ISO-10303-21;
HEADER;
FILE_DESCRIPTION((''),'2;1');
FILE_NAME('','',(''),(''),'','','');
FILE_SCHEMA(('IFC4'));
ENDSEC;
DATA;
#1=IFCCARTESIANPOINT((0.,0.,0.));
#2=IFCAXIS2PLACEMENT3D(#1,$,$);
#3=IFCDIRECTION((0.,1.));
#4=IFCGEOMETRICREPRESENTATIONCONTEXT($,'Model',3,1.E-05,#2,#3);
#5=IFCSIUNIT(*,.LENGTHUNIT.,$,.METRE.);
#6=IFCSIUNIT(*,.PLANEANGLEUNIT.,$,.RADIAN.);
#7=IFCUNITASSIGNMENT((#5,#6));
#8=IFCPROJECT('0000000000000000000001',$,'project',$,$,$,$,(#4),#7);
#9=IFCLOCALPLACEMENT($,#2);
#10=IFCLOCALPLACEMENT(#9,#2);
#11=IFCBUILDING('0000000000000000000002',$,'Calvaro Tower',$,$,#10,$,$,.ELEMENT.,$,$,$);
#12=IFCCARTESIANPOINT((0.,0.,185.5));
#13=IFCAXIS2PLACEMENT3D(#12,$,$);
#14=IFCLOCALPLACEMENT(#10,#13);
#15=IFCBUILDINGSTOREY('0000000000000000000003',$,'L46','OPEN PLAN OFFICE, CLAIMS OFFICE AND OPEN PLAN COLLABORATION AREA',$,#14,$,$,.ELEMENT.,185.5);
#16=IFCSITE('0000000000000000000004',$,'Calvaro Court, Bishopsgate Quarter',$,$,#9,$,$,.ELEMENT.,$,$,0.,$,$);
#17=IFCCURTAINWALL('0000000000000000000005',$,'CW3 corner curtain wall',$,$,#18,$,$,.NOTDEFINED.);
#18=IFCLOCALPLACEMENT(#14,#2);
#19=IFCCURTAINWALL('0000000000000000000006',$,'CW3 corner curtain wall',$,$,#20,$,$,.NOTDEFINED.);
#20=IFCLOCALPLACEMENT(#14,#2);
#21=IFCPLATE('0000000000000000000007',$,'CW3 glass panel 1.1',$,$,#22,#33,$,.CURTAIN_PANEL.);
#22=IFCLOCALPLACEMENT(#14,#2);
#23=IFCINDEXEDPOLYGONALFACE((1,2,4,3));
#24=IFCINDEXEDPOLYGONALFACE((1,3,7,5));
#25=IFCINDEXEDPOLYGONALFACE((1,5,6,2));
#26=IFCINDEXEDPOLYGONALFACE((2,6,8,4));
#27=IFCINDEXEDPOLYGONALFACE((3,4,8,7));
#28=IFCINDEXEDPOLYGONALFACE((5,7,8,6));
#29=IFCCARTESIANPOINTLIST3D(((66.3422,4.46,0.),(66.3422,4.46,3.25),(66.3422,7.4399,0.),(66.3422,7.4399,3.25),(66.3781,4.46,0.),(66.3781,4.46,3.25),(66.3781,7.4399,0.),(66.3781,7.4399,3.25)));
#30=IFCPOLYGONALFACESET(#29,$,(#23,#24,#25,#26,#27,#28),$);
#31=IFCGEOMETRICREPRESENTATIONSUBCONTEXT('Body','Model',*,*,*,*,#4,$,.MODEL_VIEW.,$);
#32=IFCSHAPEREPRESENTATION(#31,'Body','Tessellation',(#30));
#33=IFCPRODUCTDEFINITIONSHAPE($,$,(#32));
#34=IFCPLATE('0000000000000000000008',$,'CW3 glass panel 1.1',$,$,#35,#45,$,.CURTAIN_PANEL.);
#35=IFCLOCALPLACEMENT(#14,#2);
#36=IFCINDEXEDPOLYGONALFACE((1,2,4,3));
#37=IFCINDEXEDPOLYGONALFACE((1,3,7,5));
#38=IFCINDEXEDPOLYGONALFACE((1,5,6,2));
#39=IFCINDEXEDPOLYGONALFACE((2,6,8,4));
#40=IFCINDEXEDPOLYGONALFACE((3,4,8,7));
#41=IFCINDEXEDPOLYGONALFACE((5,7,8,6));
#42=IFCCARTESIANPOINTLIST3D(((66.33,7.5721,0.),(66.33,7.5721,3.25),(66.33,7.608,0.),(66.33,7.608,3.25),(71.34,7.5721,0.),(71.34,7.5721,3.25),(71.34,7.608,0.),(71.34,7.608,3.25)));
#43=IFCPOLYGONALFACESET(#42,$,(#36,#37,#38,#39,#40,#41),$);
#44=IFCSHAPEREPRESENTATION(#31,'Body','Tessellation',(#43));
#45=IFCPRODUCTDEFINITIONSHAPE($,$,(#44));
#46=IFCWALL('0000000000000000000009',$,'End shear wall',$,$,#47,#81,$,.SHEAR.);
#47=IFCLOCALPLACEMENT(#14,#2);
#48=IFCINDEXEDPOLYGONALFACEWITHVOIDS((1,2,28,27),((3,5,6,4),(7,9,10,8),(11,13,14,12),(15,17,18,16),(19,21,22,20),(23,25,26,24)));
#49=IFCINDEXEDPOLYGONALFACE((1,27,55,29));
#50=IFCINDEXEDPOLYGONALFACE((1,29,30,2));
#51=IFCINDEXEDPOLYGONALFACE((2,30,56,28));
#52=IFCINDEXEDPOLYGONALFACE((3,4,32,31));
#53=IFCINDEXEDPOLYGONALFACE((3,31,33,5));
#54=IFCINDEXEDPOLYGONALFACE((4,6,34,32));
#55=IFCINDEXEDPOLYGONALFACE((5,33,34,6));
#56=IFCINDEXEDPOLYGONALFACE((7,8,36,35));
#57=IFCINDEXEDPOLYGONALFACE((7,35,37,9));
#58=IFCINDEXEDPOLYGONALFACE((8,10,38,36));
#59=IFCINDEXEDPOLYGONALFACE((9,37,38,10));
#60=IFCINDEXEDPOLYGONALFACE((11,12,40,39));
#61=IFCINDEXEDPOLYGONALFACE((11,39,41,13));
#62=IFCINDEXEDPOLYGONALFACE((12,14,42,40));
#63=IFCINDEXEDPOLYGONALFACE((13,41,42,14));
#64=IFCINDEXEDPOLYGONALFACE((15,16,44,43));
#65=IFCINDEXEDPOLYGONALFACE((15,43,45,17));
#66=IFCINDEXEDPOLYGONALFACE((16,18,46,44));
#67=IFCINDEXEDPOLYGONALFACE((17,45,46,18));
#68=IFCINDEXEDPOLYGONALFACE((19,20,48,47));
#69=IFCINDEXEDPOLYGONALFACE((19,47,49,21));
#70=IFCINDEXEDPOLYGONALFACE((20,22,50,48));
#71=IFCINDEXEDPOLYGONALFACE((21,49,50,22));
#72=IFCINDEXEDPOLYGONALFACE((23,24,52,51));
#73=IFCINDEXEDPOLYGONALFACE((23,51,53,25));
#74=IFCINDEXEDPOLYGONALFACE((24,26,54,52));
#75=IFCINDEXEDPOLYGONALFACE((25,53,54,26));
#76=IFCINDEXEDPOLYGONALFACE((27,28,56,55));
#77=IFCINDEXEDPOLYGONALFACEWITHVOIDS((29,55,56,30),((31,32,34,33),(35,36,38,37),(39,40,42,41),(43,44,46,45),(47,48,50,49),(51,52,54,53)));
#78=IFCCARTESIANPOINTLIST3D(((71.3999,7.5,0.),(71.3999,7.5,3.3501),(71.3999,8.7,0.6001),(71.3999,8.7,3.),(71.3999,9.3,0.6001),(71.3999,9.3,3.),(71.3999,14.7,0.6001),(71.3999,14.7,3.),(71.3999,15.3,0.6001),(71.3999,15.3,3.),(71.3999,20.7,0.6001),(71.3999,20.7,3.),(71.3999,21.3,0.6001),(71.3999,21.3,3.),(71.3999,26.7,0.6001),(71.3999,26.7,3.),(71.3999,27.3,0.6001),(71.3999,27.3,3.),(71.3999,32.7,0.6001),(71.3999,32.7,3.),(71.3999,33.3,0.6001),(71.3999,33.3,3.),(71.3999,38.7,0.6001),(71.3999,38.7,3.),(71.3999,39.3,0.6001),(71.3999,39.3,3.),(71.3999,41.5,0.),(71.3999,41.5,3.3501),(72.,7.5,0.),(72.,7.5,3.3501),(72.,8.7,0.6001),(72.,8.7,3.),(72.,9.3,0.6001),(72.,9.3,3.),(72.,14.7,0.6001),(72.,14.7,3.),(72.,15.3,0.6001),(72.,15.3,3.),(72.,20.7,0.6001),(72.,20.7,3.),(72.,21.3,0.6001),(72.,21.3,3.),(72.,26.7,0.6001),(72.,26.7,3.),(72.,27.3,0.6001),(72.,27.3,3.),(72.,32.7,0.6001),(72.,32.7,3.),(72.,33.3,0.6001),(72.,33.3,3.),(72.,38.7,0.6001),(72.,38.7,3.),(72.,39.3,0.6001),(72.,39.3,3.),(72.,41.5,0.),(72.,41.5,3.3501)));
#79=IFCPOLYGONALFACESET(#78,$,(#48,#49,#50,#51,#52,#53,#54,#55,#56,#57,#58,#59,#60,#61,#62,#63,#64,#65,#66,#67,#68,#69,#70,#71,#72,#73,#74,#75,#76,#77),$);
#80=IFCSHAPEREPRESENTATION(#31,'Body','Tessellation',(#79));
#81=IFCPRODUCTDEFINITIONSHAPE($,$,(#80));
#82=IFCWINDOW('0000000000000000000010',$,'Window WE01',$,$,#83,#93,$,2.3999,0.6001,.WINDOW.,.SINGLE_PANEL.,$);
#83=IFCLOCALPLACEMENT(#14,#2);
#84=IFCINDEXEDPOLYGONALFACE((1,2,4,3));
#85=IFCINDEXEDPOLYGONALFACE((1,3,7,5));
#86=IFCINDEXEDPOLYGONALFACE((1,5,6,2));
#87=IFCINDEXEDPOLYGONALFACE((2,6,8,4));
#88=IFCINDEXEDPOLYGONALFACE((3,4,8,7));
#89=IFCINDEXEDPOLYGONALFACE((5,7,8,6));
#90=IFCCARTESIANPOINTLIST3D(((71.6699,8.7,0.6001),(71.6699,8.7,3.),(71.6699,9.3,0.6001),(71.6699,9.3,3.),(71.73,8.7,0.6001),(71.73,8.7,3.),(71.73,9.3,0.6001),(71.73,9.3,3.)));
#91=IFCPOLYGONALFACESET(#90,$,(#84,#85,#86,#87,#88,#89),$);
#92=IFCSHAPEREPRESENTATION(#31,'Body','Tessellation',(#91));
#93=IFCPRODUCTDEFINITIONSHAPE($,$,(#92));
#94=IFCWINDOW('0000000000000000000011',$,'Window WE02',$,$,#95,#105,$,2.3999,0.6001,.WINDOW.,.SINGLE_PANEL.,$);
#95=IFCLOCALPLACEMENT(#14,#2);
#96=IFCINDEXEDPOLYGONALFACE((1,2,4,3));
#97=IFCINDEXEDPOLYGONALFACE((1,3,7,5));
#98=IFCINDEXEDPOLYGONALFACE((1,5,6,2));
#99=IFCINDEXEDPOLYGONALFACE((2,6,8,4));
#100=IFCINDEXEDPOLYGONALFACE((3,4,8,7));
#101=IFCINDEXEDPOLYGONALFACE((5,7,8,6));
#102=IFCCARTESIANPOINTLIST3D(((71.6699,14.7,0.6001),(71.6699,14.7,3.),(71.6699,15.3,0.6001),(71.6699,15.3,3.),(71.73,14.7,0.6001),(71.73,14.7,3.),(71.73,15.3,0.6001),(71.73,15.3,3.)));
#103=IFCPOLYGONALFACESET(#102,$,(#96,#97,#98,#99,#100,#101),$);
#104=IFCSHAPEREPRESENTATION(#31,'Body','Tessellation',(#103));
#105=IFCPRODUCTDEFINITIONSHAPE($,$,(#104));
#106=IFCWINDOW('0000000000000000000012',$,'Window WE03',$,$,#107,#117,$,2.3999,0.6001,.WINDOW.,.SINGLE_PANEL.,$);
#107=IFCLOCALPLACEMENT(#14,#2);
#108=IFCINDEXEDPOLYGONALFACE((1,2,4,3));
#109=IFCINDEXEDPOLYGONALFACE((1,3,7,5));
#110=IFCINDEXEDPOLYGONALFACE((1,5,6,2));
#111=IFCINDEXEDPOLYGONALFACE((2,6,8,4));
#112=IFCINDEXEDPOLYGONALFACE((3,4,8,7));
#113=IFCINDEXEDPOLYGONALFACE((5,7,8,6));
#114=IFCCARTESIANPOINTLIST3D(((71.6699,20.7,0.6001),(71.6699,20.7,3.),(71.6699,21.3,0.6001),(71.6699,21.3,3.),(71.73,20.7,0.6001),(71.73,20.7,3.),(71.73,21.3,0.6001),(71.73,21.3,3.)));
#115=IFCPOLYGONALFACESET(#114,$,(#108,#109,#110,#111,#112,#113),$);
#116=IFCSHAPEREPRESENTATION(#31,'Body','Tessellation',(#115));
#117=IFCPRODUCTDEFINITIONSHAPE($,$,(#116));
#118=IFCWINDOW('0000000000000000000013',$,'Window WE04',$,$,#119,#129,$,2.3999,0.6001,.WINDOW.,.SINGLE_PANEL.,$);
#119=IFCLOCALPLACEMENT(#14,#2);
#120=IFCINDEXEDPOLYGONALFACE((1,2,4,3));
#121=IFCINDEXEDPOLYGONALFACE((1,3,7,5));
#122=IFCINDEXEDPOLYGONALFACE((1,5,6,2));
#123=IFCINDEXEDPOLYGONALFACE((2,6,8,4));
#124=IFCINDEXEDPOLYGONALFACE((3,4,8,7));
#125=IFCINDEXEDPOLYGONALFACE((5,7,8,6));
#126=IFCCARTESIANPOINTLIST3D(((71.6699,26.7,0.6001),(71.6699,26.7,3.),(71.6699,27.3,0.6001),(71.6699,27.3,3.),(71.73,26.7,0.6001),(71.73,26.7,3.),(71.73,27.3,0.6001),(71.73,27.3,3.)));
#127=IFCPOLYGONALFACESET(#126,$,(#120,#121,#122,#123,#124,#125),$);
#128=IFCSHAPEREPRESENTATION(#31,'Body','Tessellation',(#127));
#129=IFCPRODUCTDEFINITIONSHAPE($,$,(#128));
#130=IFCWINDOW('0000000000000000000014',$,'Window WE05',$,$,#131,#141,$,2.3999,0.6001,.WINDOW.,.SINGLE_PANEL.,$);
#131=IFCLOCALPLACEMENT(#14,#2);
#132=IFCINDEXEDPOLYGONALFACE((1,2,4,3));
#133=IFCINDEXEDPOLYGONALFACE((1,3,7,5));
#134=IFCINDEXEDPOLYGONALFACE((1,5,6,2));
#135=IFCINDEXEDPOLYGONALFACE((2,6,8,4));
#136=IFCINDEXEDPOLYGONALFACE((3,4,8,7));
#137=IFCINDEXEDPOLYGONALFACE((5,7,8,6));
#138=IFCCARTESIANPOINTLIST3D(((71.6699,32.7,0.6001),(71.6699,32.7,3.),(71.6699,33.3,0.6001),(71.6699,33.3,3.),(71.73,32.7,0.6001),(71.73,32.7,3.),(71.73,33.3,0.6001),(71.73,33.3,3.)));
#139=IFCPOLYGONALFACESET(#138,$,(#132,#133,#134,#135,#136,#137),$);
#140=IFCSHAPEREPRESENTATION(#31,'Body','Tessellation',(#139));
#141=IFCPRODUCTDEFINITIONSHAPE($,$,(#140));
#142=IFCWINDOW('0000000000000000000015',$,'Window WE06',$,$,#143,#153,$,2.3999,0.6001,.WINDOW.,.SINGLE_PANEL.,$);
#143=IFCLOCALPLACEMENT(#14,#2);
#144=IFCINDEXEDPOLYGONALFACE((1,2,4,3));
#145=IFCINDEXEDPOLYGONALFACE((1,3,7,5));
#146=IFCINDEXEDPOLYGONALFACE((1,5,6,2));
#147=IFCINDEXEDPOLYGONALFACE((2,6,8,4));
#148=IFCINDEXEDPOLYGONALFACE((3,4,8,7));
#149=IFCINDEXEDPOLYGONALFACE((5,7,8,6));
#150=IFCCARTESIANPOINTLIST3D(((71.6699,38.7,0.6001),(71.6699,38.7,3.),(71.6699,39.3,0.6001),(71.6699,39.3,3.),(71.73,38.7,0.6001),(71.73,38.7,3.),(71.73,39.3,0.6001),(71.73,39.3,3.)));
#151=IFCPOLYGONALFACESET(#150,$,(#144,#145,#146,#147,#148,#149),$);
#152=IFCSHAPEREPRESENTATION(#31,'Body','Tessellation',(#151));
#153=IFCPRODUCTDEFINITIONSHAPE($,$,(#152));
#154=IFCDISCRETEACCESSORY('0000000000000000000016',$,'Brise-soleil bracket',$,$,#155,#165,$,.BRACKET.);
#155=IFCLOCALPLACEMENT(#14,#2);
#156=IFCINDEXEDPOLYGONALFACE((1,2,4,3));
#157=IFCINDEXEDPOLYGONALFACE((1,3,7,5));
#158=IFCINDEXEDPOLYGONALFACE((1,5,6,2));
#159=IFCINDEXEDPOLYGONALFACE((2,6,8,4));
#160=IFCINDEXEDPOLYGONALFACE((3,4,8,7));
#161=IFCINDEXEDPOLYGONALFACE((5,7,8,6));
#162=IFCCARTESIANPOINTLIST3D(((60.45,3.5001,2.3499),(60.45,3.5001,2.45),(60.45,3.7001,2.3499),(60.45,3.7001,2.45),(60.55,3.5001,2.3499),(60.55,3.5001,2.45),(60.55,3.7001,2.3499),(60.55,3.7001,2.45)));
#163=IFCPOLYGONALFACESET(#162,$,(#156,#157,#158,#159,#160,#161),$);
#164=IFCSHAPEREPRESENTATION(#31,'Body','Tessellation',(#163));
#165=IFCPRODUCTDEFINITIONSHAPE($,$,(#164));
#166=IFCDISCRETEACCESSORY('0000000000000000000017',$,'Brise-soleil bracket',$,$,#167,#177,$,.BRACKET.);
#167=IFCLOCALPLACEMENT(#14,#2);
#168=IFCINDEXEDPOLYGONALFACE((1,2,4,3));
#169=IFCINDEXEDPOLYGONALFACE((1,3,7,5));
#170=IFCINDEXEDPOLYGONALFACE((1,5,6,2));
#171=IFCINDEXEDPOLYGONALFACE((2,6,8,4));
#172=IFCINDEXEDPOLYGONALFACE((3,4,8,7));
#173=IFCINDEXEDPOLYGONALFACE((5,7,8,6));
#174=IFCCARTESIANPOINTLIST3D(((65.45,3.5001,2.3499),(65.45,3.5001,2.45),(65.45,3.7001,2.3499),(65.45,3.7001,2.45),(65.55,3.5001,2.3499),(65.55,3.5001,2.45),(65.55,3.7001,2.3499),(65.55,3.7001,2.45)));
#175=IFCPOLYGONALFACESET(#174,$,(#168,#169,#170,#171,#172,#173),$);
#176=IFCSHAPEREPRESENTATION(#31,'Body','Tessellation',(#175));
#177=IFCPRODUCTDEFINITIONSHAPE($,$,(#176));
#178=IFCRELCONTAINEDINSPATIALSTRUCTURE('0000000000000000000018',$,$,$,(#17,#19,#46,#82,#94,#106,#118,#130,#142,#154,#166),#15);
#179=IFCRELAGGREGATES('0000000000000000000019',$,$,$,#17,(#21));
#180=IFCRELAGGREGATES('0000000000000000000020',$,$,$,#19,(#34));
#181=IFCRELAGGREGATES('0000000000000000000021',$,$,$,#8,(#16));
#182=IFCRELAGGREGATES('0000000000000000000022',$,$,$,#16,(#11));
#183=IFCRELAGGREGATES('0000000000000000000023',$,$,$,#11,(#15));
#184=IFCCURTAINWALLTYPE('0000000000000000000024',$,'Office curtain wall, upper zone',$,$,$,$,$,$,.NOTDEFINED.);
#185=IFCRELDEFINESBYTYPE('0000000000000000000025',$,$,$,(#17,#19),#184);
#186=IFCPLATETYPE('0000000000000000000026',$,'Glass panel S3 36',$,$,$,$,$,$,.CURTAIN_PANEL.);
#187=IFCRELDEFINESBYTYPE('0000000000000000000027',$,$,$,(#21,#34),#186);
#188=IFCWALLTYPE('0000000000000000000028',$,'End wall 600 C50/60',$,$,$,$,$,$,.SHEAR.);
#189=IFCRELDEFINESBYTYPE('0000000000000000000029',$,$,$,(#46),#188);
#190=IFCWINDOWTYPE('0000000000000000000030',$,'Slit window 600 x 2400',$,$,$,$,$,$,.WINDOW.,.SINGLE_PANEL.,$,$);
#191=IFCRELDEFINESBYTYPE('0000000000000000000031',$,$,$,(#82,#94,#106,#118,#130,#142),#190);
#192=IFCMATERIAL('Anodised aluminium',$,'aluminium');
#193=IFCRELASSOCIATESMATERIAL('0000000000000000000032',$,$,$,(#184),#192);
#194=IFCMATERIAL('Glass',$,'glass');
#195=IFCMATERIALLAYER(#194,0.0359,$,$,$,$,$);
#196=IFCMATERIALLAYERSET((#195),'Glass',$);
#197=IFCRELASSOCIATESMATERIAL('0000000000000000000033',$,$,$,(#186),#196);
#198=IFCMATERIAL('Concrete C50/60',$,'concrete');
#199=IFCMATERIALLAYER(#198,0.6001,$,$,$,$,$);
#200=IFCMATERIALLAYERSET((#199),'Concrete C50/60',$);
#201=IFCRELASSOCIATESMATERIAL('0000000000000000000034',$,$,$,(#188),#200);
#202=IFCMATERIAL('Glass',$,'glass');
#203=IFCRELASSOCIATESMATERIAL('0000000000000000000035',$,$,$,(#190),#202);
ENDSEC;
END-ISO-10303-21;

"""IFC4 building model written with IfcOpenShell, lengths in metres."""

from ifc_helpers import new_model, si_unit, direction, frame, frame_2d, origin, origin_2d, place, context, subcontext, project, spatial, rectangle, extrude, material, layer, layer_set, type_object, element, fill, aggregate, save


model = new_model("IFC4")

# Units and contexts
model_context = context("Model", 3, precision=1e-05, world=origin(), true_north=direction((0.0, 1.0)))
body_context = subcontext(model_context, "Body", "Model", "MODEL_VIEW")
ifc_project = project(units=[si_unit("LENGTHUNIT", "METRE"), si_unit("PLANEANGLEUNIT", "RADIAN")], contexts=[model_context])

# Site, building, storey
site_placement = place(None, origin())
site = spatial("IfcSite", under=ifc_project, at=site_placement, Name="Calvaro Court, Bishopsgate Quarter", CompositionType="ELEMENT", RefElevation=0.0)
building_placement = place(site_placement, origin())
building = spatial("IfcBuilding", under=site, at=building_placement, Name="Calvaro Tower", CompositionType="ELEMENT")
storey_placement = place(building_placement, frame((0.0, 0.0, 185.5)))
storey = spatial("IfcBuildingStorey", under=building, at=storey_placement, Name="L46", Description="OPEN PLAN OFFICE, CLAIMS OFFICE AND OPEN PLAN COLLABORATION AREA", CompositionType="ELEMENT", Elevation=185.5)

# Curtain walls
ifc_material_1 = material(Name="Anodised aluminium", Category="aluminium")
curtain_wall_type = type_object("IfcCurtainWallType", Name="Office curtain wall, upper zone", PredefinedType="NOTDEFINED", material=ifc_material_1)
curtain_wall_1_placement = place(storey_placement, origin())
curtain_wall_1 = element("IfcCurtainWall", 1, at=curtain_wall_1_placement, inside=storey, type_object=curtain_wall_type, Name="CW3 corner curtain wall", PredefinedType="NOTDEFINED")
curtain_wall_2_placement = place(storey_placement, origin())
curtain_wall_2 = element("IfcCurtainWall", 2, at=curtain_wall_2_placement, inside=storey, type_object=curtain_wall_type, Name="CW3 corner curtain wall", PredefinedType="NOTDEFINED")

# Plates
ifc_material_2 = material(Name="Glass", Category="glass")
ifc_layer_1 = layer(ifc_material_2, 0.0359)
ifc_layer_set_1 = layer_set([ifc_layer_1], Name="Glass")
plate_type = type_object("IfcPlateType", Name="Glass panel S3 36", PredefinedType="CURTAIN_PANEL", material=ifc_layer_set_1)
plate_1_placement = place(storey_placement, frame((66.3601, 5.95, 0.0), z_axis=(0.0, 0.0, 1.0), x_axis=(0.0, 1.0, 0.0)))
plate_1 = element("IfcPlate", 3, at=plate_1_placement, type_object=plate_type, Name="CW3 glass panel 1.1", PredefinedType="CURTAIN_PANEL", context=body_context, shape_type="SweptSolid", body=[
    extrude(rectangle(XDim=2.98, YDim=0.0359, at=origin_2d()), origin(), (0.0, 0.0, 1.0), 3.25),
])
aggregate(curtain_wall_1, [plate_1])
plate_2_placement = place(storey_placement, frame((68.835, 7.5901, 0.0), z_axis=(0.0, 0.0, 1.0), x_axis=(1.0, 0.0, 0.0)))
plate_2 = element("IfcPlate", 4, at=plate_2_placement, type_object=plate_type, Name="CW3 glass panel 1.1", PredefinedType="CURTAIN_PANEL", context=body_context, shape_type="SweptSolid", body=[
    extrude(rectangle(XDim=5.01, YDim=0.0359, at=origin_2d()), origin(), (0.0, 0.0, 1.0), 3.25),
])
aggregate(curtain_wall_2, [plate_2])

# Wall, openings, windows
ifc_material_3 = material(Name="Concrete C50/60", Category="concrete")
ifc_layer_2 = layer(ifc_material_3, 0.6001)
ifc_layer_set_2 = layer_set([ifc_layer_2], Name="Concrete C50/60")
wall_type = type_object("IfcWallType", Name="End wall 600 C50/60", PredefinedType="SHEAR", material=ifc_layer_set_2)
wall_placement = place(storey_placement, frame((71.7, 7.5, 0.0), z_axis=(0.0, 0.0, 1.0), x_axis=(0.0, 1.0, 0.0)))
wall = element("IfcWall", 5, at=wall_placement, inside=storey, type_object=wall_type, Name="End shear wall", PredefinedType="SHEAR", context=body_context, shape_type="SweptSolid", body=[
    extrude(rectangle(XDim=34.0, YDim=0.6001, at=frame_2d((17.0, 0.0))), origin(), (0.0, 0.0, 1.0), 3.3501),
])
opening_1_placement = place(wall_placement, frame((1.2, 0.0, 0.6001)))
opening_1 = element("IfcOpeningElement", 6, at=opening_1_placement, cuts=wall, PredefinedType="OPENING", context=body_context, shape_type="SweptSolid", body=[
    extrude(rectangle(XDim=0.6001, YDim=2.3999, at=frame_2d((0.3, 1.2))), frame((0.0, 0.3101, 0.0), z_axis=(0.0, -1.0, 0.0), x_axis=(1.0, 0.0, 0.0)), (0.0, 0.0, 1.0), 0.6201),
])
opening_2_placement = place(wall_placement, frame((7.2, 0.0, 0.6001)))
opening_2 = element("IfcOpeningElement", 7, at=opening_2_placement, cuts=wall, PredefinedType="OPENING", context=body_context, shape_type="SweptSolid", body=[
    extrude(rectangle(XDim=0.6001, YDim=2.3999, at=frame_2d((0.3, 1.2))), frame((0.0, 0.3101, 0.0), z_axis=(0.0, -1.0, 0.0), x_axis=(1.0, 0.0, 0.0)), (0.0, 0.0, 1.0), 0.6201),
])
opening_3_placement = place(wall_placement, frame((13.2, 0.0, 0.6001)))
opening_3 = element("IfcOpeningElement", 8, at=opening_3_placement, cuts=wall, PredefinedType="OPENING", context=body_context, shape_type="SweptSolid", body=[
    extrude(rectangle(XDim=0.6001, YDim=2.3999, at=frame_2d((0.3, 1.2))), frame((0.0, 0.3101, 0.0), z_axis=(0.0, -1.0, 0.0), x_axis=(1.0, 0.0, 0.0)), (0.0, 0.0, 1.0), 0.6201),
])
opening_4_placement = place(wall_placement, frame((19.2, 0.0, 0.6001)))
opening_4 = element("IfcOpeningElement", 9, at=opening_4_placement, cuts=wall, PredefinedType="OPENING", context=body_context, shape_type="SweptSolid", body=[
    extrude(rectangle(XDim=0.6001, YDim=2.3999, at=frame_2d((0.3, 1.2))), frame((0.0, 0.3101, 0.0), z_axis=(0.0, -1.0, 0.0), x_axis=(1.0, 0.0, 0.0)), (0.0, 0.0, 1.0), 0.6201),
])
opening_5_placement = place(wall_placement, frame((25.2, 0.0, 0.6001)))
opening_5 = element("IfcOpeningElement", 10, at=opening_5_placement, cuts=wall, PredefinedType="OPENING", context=body_context, shape_type="SweptSolid", body=[
    extrude(rectangle(XDim=0.6001, YDim=2.3999, at=frame_2d((0.3, 1.2))), frame((0.0, 0.3101, 0.0), z_axis=(0.0, -1.0, 0.0), x_axis=(1.0, 0.0, 0.0)), (0.0, 0.0, 1.0), 0.6201),
])
opening_6_placement = place(wall_placement, frame((31.2, 0.0, 0.6001)))
opening_6 = element("IfcOpeningElement", 11, at=opening_6_placement, cuts=wall, PredefinedType="OPENING", context=body_context, shape_type="SweptSolid", body=[
    extrude(rectangle(XDim=0.6001, YDim=2.3999, at=frame_2d((0.3, 1.2))), frame((0.0, 0.3101, 0.0), z_axis=(0.0, -1.0, 0.0), x_axis=(1.0, 0.0, 0.0)), (0.0, 0.0, 1.0), 0.6201),
])
ifc_material_4 = material(Name="Glass", Category="glass")
window_type = type_object("IfcWindowType", Name="Slit window 600 x 2400", PartitioningType="SINGLE_PANEL", PredefinedType="WINDOW", material=ifc_material_4)
window_1_placement = place(opening_1_placement, origin())
window_1 = element("IfcWindow", 12, at=window_1_placement, inside=storey, type_object=window_type, Name="Window WE01", OverallHeight=2.3999, OverallWidth=0.6001, PartitioningType="SINGLE_PANEL", PredefinedType="WINDOW", context=body_context, shape_type="SweptSolid", body=[
    extrude(rectangle(XDim=0.6001, YDim=2.3999, at=frame_2d((0.3, 1.2))), frame((0.0, 0.03, 0.0), z_axis=(0.0, -1.0, 0.0), x_axis=(1.0, 0.0, 0.0)), (0.0, 0.0, 1.0), 0.0601),
])
fill(opening_1, window_1)
window_2_placement = place(opening_2_placement, origin())
window_2 = element("IfcWindow", 13, at=window_2_placement, inside=storey, type_object=window_type, Name="Window WE02", OverallHeight=2.3999, OverallWidth=0.6001, PartitioningType="SINGLE_PANEL", PredefinedType="WINDOW", context=body_context, shape_type="SweptSolid", body=[
    extrude(rectangle(XDim=0.6001, YDim=2.3999, at=frame_2d((0.3, 1.2))), frame((0.0, 0.03, 0.0), z_axis=(0.0, -1.0, 0.0), x_axis=(1.0, 0.0, 0.0)), (0.0, 0.0, 1.0), 0.0601),
])
fill(opening_2, window_2)
window_3_placement = place(opening_3_placement, origin())
window_3 = element("IfcWindow", 14, at=window_3_placement, inside=storey, type_object=window_type, Name="Window WE03", OverallHeight=2.3999, OverallWidth=0.6001, PartitioningType="SINGLE_PANEL", PredefinedType="WINDOW", context=body_context, shape_type="SweptSolid", body=[
    extrude(rectangle(XDim=0.6001, YDim=2.3999, at=frame_2d((0.3, 1.2))), frame((0.0, 0.03, 0.0), z_axis=(0.0, -1.0, 0.0), x_axis=(1.0, 0.0, 0.0)), (0.0, 0.0, 1.0), 0.0601),
])
fill(opening_3, window_3)
window_4_placement = place(opening_4_placement, origin())
window_4 = element("IfcWindow", 15, at=window_4_placement, inside=storey, type_object=window_type, Name="Window WE04", OverallHeight=2.3999, OverallWidth=0.6001, PartitioningType="SINGLE_PANEL", PredefinedType="WINDOW", context=body_context, shape_type="SweptSolid", body=[
    extrude(rectangle(XDim=0.6001, YDim=2.3999, at=frame_2d((0.3, 1.2))), frame((0.0, 0.03, 0.0), z_axis=(0.0, -1.0, 0.0), x_axis=(1.0, 0.0, 0.0)), (0.0, 0.0, 1.0), 0.0601),
])
fill(opening_4, window_4)
window_5_placement = place(opening_5_placement, origin())
window_5 = element("IfcWindow", 16, at=window_5_placement, inside=storey, type_object=window_type, Name="Window WE05", OverallHeight=2.3999, OverallWidth=0.6001, PartitioningType="SINGLE_PANEL", PredefinedType="WINDOW", context=body_context, shape_type="SweptSolid", body=[
    extrude(rectangle(XDim=0.6001, YDim=2.3999, at=frame_2d((0.3, 1.2))), frame((0.0, 0.03, 0.0), z_axis=(0.0, -1.0, 0.0), x_axis=(1.0, 0.0, 0.0)), (0.0, 0.0, 1.0), 0.0601),
])
fill(opening_5, window_5)
window_6_placement = place(opening_6_placement, origin())
window_6 = element("IfcWindow", 17, at=window_6_placement, inside=storey, type_object=window_type, Name="Window WE06", OverallHeight=2.3999, OverallWidth=0.6001, PartitioningType="SINGLE_PANEL", PredefinedType="WINDOW", context=body_context, shape_type="SweptSolid", body=[
    extrude(rectangle(XDim=0.6001, YDim=2.3999, at=frame_2d((0.3, 1.2))), frame((0.0, 0.03, 0.0), z_axis=(0.0, -1.0, 0.0), x_axis=(1.0, 0.0, 0.0)), (0.0, 0.0, 1.0), 0.0601),
])
fill(opening_6, window_6)

# Discrete accessories
for number, where, z_axis, x_axis, name in (
    (18, (60.5, 3.6001, 2.3499), (0.0, 0.0, 1.0), (1.0, 0.0, 0.0), "Brise-soleil bracket"),
    (19, (65.5, 3.6001, 2.3499), (0.0, 0.0, 1.0), (1.0, 0.0, 0.0), "Brise-soleil bracket"),
):
    element("IfcDiscreteAccessory", number, at=place(storey_placement, frame(where, z_axis=z_axis, x_axis=x_axis)), inside=storey, Name=name, PredefinedType="BRACKET", context=body_context, shape_type="SweptSolid", body=[
        extrude(rectangle(XDim=0.1001, YDim=0.2, at=origin_2d()), origin(), (0.0, 0.0, 1.0), 0.1001),
    ])

save(model, "model.ifc")
